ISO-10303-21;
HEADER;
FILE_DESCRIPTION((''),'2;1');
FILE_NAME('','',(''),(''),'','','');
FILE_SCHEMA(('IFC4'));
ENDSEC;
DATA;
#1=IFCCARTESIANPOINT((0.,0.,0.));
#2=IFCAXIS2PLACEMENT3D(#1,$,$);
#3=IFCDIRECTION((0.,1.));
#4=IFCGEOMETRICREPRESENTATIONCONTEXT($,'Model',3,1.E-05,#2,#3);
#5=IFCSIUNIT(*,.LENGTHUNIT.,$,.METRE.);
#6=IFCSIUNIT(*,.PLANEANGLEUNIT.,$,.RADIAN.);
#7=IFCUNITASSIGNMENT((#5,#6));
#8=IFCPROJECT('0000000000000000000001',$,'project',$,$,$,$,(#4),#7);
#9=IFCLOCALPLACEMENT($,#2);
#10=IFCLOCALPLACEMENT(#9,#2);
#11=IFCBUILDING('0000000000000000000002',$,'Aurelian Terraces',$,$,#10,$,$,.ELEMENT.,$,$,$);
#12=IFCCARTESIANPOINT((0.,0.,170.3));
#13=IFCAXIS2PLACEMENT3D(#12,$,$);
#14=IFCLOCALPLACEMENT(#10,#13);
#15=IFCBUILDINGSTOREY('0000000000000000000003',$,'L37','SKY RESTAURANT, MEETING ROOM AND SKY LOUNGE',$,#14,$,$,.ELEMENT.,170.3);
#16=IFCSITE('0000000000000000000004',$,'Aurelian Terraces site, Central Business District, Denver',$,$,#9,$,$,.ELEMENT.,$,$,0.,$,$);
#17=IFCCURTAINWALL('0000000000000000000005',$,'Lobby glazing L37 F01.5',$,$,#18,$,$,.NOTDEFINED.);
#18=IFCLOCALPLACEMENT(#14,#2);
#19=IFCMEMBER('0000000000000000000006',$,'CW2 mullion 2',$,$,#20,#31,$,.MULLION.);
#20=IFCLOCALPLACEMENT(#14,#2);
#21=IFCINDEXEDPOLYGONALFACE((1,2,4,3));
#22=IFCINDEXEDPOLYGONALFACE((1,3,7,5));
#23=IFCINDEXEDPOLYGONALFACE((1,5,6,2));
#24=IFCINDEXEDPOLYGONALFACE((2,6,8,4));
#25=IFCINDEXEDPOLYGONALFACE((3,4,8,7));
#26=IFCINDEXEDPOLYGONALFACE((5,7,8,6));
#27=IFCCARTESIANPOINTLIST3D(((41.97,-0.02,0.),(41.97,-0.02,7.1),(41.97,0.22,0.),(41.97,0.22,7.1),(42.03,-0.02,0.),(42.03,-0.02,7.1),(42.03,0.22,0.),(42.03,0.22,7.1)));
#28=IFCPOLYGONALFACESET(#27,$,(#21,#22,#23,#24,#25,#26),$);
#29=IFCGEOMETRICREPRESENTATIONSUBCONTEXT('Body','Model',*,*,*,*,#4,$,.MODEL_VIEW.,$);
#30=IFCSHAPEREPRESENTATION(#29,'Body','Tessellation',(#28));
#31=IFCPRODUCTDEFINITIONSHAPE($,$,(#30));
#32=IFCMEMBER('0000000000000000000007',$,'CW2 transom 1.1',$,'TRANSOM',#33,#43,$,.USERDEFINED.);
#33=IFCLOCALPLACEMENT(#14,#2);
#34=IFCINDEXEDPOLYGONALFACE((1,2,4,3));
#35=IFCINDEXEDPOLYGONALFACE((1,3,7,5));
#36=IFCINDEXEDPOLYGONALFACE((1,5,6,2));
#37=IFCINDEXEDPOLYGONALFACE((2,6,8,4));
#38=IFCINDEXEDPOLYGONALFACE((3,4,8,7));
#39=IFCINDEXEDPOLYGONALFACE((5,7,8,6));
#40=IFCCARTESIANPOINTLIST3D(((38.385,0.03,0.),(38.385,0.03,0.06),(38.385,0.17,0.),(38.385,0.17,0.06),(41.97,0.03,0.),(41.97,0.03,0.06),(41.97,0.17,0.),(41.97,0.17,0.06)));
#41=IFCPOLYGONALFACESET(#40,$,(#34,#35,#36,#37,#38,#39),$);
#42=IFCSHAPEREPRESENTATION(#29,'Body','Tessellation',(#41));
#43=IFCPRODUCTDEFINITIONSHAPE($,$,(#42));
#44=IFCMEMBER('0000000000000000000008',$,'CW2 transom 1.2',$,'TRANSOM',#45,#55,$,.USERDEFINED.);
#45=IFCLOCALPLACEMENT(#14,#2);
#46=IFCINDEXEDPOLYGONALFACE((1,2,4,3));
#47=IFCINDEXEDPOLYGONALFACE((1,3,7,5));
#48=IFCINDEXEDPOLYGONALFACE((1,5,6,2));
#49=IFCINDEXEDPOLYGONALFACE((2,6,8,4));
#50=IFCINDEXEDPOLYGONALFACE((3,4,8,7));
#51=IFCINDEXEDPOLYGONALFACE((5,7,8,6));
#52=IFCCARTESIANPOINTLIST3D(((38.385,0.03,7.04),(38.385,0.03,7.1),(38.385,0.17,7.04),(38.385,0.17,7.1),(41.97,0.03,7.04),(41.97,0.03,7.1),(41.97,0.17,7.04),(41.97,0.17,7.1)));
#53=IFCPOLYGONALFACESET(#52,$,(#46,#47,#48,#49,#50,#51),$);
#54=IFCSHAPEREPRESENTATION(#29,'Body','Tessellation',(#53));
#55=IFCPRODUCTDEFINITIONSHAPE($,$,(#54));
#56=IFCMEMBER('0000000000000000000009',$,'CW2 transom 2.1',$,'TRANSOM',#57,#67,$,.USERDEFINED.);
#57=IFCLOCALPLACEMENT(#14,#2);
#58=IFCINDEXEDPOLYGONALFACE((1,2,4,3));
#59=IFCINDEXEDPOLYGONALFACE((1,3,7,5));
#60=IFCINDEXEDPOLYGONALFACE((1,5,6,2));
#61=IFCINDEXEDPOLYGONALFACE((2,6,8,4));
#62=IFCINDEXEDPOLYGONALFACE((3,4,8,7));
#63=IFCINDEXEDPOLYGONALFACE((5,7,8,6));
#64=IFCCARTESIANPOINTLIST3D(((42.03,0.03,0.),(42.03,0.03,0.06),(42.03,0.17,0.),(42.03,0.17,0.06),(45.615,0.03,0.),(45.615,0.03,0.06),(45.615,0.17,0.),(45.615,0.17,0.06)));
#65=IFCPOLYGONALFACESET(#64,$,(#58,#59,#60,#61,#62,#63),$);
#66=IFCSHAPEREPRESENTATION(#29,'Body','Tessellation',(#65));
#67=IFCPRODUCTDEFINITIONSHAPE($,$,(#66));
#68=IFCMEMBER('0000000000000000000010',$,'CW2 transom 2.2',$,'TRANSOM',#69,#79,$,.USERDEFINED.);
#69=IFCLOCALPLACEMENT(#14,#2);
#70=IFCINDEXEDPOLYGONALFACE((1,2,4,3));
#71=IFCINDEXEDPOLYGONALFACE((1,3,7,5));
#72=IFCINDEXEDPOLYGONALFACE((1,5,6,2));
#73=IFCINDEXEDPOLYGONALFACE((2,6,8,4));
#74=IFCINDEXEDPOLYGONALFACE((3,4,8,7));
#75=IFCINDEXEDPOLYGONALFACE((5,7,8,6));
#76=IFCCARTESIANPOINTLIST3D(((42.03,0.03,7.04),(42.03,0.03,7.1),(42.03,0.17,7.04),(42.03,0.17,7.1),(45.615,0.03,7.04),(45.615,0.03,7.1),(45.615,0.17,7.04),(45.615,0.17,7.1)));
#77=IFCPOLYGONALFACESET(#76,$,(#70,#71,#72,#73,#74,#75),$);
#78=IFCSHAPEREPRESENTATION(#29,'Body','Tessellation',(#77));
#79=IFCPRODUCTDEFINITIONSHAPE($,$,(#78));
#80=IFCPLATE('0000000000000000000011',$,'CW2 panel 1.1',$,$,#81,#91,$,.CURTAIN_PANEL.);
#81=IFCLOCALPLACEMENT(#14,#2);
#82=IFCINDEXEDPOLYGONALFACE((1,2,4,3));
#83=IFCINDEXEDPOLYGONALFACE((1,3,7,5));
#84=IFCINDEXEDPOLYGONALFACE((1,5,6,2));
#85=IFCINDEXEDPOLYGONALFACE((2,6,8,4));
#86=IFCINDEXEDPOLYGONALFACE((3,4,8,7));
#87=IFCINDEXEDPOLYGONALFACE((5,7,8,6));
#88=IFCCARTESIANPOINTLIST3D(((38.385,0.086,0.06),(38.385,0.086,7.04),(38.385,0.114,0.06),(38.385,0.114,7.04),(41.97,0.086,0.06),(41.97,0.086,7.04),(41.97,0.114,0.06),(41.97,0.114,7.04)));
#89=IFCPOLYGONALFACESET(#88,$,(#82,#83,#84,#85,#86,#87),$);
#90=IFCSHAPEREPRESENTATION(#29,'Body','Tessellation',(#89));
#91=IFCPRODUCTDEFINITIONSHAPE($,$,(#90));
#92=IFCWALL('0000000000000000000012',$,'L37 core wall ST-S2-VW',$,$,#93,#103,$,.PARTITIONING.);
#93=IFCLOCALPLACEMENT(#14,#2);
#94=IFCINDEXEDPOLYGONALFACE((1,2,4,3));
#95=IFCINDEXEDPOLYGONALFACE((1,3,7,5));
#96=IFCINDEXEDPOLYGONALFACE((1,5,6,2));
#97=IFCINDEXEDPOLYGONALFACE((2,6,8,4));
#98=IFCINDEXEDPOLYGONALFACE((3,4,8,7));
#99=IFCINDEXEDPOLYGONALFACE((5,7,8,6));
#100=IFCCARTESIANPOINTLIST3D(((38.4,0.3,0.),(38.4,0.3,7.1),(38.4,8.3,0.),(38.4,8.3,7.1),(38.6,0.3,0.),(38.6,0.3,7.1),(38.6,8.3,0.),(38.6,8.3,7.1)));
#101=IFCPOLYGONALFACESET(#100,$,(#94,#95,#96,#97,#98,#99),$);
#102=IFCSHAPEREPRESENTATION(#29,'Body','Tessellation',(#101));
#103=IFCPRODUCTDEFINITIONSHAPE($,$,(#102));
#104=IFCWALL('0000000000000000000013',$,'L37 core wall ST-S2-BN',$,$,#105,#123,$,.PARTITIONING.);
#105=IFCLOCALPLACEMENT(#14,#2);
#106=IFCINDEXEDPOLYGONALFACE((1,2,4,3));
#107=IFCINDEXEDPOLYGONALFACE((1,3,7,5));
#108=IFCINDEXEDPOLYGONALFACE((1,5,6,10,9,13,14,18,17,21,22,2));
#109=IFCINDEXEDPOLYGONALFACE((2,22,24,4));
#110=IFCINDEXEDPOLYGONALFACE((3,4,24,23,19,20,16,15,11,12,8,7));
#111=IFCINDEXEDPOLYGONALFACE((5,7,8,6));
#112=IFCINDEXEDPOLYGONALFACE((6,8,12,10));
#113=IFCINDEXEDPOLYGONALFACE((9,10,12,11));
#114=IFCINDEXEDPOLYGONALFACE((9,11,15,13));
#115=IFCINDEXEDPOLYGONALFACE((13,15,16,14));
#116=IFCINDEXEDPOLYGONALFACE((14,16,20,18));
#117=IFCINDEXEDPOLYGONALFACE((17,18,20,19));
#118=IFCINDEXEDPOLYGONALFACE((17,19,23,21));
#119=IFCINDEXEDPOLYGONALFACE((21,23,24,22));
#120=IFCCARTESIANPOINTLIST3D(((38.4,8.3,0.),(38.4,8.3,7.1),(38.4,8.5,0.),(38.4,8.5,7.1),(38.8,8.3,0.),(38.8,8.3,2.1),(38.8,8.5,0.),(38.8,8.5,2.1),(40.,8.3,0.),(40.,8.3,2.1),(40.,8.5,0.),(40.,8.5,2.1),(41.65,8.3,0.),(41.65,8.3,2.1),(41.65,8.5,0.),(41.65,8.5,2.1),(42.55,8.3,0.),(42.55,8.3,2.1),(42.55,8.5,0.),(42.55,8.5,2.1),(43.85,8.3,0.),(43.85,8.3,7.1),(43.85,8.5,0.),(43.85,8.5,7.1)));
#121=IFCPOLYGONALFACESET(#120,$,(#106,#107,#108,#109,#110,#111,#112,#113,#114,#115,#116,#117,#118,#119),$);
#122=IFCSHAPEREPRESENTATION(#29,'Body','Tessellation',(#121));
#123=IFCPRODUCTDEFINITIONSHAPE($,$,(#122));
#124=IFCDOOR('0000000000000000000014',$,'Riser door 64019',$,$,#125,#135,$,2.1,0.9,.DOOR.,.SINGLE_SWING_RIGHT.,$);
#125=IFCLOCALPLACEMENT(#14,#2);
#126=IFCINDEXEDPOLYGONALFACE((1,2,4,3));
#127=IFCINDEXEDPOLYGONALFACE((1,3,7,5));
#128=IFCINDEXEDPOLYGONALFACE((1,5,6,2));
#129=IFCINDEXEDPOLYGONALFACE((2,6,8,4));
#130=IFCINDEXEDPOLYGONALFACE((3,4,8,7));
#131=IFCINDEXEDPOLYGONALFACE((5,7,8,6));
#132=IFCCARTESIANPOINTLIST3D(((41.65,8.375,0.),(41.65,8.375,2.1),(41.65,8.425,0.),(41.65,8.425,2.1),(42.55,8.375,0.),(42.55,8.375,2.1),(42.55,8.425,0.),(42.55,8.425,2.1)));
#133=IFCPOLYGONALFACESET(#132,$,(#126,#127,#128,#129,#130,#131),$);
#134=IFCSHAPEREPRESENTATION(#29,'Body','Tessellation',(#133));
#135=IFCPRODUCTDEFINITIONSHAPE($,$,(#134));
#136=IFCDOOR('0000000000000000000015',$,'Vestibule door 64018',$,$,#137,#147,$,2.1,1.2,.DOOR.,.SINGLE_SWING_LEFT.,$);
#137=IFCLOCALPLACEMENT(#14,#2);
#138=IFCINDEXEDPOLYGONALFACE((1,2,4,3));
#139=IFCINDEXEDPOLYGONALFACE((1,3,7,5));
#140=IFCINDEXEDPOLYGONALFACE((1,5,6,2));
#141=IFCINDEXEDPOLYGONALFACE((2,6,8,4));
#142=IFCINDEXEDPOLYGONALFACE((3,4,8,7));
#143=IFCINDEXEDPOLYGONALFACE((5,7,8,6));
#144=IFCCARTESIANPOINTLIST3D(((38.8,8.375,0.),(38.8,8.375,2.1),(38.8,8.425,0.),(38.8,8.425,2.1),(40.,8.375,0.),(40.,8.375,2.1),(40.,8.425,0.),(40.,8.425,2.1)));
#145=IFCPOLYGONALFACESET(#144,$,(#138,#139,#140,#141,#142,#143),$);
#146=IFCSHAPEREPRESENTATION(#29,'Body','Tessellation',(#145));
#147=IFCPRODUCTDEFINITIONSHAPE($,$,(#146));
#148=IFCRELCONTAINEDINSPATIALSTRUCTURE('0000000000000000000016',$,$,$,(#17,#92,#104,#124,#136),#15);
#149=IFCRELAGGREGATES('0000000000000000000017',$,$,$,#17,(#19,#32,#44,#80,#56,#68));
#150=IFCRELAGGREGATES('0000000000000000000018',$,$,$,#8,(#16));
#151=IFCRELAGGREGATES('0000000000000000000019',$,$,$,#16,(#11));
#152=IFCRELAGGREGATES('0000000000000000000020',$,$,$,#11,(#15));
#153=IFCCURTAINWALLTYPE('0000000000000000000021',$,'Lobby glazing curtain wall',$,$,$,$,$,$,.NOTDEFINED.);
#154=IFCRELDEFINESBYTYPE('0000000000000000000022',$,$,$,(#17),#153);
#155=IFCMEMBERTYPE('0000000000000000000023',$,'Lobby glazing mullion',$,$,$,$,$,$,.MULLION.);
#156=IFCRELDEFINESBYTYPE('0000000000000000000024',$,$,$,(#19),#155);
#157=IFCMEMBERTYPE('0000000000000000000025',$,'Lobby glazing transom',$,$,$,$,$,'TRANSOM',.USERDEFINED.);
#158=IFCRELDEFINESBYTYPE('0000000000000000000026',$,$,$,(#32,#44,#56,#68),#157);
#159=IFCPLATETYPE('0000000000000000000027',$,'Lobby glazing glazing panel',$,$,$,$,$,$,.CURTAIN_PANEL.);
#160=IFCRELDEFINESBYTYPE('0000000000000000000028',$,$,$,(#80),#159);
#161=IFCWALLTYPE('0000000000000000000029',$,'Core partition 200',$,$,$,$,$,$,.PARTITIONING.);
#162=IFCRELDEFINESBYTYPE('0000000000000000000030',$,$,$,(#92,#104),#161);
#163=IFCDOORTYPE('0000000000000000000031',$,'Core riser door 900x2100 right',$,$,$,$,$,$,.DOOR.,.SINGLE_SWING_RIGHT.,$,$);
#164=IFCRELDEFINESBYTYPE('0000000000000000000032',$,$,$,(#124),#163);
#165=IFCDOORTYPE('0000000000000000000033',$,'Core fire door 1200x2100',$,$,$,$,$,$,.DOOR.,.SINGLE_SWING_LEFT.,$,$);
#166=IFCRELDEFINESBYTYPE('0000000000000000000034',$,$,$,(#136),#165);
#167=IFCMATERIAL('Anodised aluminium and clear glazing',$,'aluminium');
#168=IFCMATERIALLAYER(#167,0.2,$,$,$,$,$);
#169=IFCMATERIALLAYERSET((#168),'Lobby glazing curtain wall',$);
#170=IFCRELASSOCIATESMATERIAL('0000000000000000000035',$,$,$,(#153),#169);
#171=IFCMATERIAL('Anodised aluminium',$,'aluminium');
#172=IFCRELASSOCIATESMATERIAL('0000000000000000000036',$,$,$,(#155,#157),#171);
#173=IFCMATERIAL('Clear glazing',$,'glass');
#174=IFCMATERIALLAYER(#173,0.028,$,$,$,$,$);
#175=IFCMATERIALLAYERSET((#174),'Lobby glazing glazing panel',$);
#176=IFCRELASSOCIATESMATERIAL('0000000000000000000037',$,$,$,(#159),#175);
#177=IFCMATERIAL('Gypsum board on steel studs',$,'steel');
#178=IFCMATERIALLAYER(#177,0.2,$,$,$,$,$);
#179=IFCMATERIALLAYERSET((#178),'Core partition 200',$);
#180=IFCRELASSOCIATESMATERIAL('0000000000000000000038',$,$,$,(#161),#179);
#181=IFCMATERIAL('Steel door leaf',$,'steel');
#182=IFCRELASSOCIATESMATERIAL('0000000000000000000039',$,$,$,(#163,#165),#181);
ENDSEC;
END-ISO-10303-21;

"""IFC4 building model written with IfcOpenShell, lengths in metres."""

from ifc_helpers import new_model, si_unit, direction, frame, frame_2d, origin, origin_2d, place, context, subcontext, project, spatial, rectangle, extrude, source, transform, mapped, material, layer, layer_set, material_profile, profile_set, type_object, element, fill, aggregate, save


model = new_model("IFC4")

# Units and contexts
model_context = context("Model", 3, precision=1e-05, world=origin(), true_north=direction((0.0, 1.0)))
body_context = subcontext(model_context, "Body", "Model", "MODEL_VIEW")
ifc_project = project(units=[si_unit("LENGTHUNIT", "METRE"), si_unit("PLANEANGLEUNIT", "RADIAN")], contexts=[model_context])

# Site, building, storey
site_placement = place(None, origin())
site = spatial("IfcSite", under=ifc_project, at=site_placement, Name="Aurelian Terraces site, Central Business District, Denver", CompositionType="ELEMENT", RefElevation=0.0)
building_placement = place(site_placement, origin())
building = spatial("IfcBuilding", under=site, at=building_placement, Name="Aurelian Terraces", CompositionType="ELEMENT")
storey_placement = place(building_placement, frame((0.0, 0.0, 170.3)))
storey = spatial("IfcBuildingStorey", under=building, at=storey_placement, Name="L37", Description="SKY RESTAURANT, MEETING ROOM AND SKY LOUNGE", CompositionType="ELEMENT", Elevation=170.3)

# Curtain wall, members, plate
ifc_material_1 = material(Name="Anodised aluminium and clear glazing", Category="aluminium")
ifc_layer_1 = layer(ifc_material_1, 0.2)
ifc_layer_set_1 = layer_set([ifc_layer_1], Name="Lobby glazing curtain wall")
curtain_wall_type = type_object("IfcCurtainWallType", Name="Lobby glazing curtain wall", PredefinedType="NOTDEFINED", material=ifc_layer_set_1)
curtain_wall_placement = place(storey_placement, origin())
curtain_wall = element("IfcCurtainWall", 1, at=curtain_wall_placement, inside=storey, type_object=curtain_wall_type, Name="Lobby glazing L37 F01.5", PredefinedType="NOTDEFINED")
ifc_material_2 = material(Name="Anodised aluminium", Category="aluminium")
ifc_material_profile_1 = material_profile(ifc_material_2, rectangle(XDim=0.24, YDim=0.06, at=origin_2d()))
ifc_profile_set_1 = profile_set([ifc_material_profile_1], Name="Anodised aluminium")
member_type_1 = type_object("IfcMemberType", Name="Lobby glazing mullion", PredefinedType="MULLION", material=ifc_profile_set_1)
shared_shape_1 = source(origin(), body_context, "Body", "SweptSolid", [
    extrude(rectangle(XDim=0.24, YDim=0.06, at=origin_2d()), origin(), (0.0, 0.0, 1.0), 7.1),
])
member_1_placement = place(storey_placement, frame((42.0, 0.1, 0.0), z_axis=(0.0, 0.0, 1.0), x_axis=(0.0, 1.0, 0.0)))
member_1 = element("IfcMember", 2, at=member_1_placement, type_object=member_type_1, Name="CW2 mullion 2", PredefinedType="MULLION", context=body_context, shape_type="MappedRepresentation", body=[
    mapped(shared_shape_1, transform((0.0, 0.0, 0.0), scale=1.0)),
])
ifc_material_profile_2 = material_profile(ifc_material_2, rectangle(XDim=0.14, YDim=0.06, at=origin_2d()))
ifc_profile_set_2 = profile_set([ifc_material_profile_2], Name="Anodised aluminium")
member_type_2 = type_object("IfcMemberType", Name="Lobby glazing transom", ElementType="TRANSOM", PredefinedType="USERDEFINED", material=ifc_profile_set_2)
shared_shape_2 = source(origin(), body_context, "Body", "SweptSolid", [
    extrude(rectangle(XDim=0.14, YDim=0.06, at=origin_2d()), origin(), (0.0, 0.0, 1.0), 3.585),
])
member_2_placement = place(storey_placement, frame((38.385, 0.1, 0.03), z_axis=(1.0, 0.0, 0.0), x_axis=(0.0, 1.0, 0.0)))
member_2 = element("IfcMember", 3, at=member_2_placement, type_object=member_type_2, Name="CW2 transom 1.1", ObjectType="TRANSOM", PredefinedType="USERDEFINED", context=body_context, shape_type="MappedRepresentation", body=[
    mapped(shared_shape_2, transform((0.0, 0.0, 0.0), scale=1.0)),
])
member_3_placement = place(storey_placement, frame((38.385, 0.1, 7.07), z_axis=(1.0, 0.0, 0.0), x_axis=(0.0, 1.0, 0.0)))
member_3 = element("IfcMember", 4, at=member_3_placement, type_object=member_type_2, Name="CW2 transom 1.2", ObjectType="TRANSOM", PredefinedType="USERDEFINED", context=body_context, shape_type="MappedRepresentation", body=[
    mapped(shared_shape_2, transform((0.0, 0.0, 0.0), scale=1.0)),
])
member_4_placement = place(storey_placement, frame((42.03, 0.1, 0.03), z_axis=(1.0, 0.0, 0.0), x_axis=(0.0, 1.0, 0.0)))
member_4 = element("IfcMember", 5, at=member_4_placement, type_object=member_type_2, Name="CW2 transom 2.1", ObjectType="TRANSOM", PredefinedType="USERDEFINED", context=body_context, shape_type="MappedRepresentation", body=[
    mapped(shared_shape_2, transform((0.0, 0.0, 0.0), scale=1.0)),
])
member_5_placement = place(storey_placement, frame((42.03, 0.1, 7.07), z_axis=(1.0, 0.0, 0.0), x_axis=(0.0, 1.0, 0.0)))
member_5 = element("IfcMember", 6, at=member_5_placement, type_object=member_type_2, Name="CW2 transom 2.2", ObjectType="TRANSOM", PredefinedType="USERDEFINED", context=body_context, shape_type="MappedRepresentation", body=[
    mapped(shared_shape_2, transform((0.0, 0.0, 0.0), scale=1.0)),
])
ifc_material_3 = material(Name="Clear glazing", Category="glass")
ifc_layer_2 = layer(ifc_material_3, 0.028)
ifc_layer_set_2 = layer_set([ifc_layer_2], Name="Lobby glazing glazing panel")
plate_type = type_object("IfcPlateType", Name="Lobby glazing glazing panel", PredefinedType="CURTAIN_PANEL", material=ifc_layer_set_2)
shared_shape_3 = source(origin(), body_context, "Body", "SweptSolid", [
    extrude(rectangle(XDim=3.585, YDim=0.028, at=origin_2d()), origin(), (0.0, 0.0, 1.0), 6.98),
])
plate_placement = place(storey_placement, frame((40.1775, 0.1, 0.06), z_axis=(0.0, 0.0, 1.0), x_axis=(1.0, 0.0, 0.0)))
plate = element("IfcPlate", 7, at=plate_placement, type_object=plate_type, Name="CW2 panel 1.1", PredefinedType="CURTAIN_PANEL", context=body_context, shape_type="MappedRepresentation", body=[
    mapped(shared_shape_3, transform((0.0, 0.0, 0.0), scale=1.0)),
])
aggregate(curtain_wall, [member_1, member_2, member_3, plate, member_4, member_5])

# Wall
ifc_material_4 = material(Name="Gypsum board on steel studs", Category="steel")
ifc_layer_3 = layer(ifc_material_4, 0.2)
ifc_layer_set_3 = layer_set([ifc_layer_3], Name="Core partition 200")
wall_type_1 = type_object("IfcWallType", Name="Core partition 200", PredefinedType="PARTITIONING", material=ifc_layer_set_3)
wall_1_placement = place(storey_placement, frame((38.5, 0.3, 0.0), z_axis=(0.0, 0.0, 1.0), x_axis=(0.0, 1.0, 0.0)))
element("IfcWall", 8, at=wall_1_placement, inside=storey, type_object=wall_type_1, Name="L37 core wall ST-S2-VW", PredefinedType="PARTITIONING", context=body_context, shape_type="SweptSolid", body=[
    extrude(rectangle(XDim=8.0, YDim=0.2, at=frame_2d((4.0, 0.0))), origin(), (0.0, 0.0, 1.0), 7.1),
])

# Wall, openings, doors
wall_2_placement = place(storey_placement, frame((38.4, 8.4, 0.0), z_axis=(0.0, 0.0, 1.0), x_axis=(1.0, 0.0, 0.0)))
wall_2 = element("IfcWall", 9, at=wall_2_placement, inside=storey, type_object=wall_type_1, Name="L37 core wall ST-S2-BN", PredefinedType="PARTITIONING", context=body_context, shape_type="SweptSolid", body=[
    extrude(rectangle(XDim=5.45, YDim=0.2, at=frame_2d((2.725, 0.0))), origin(), (0.0, 0.0, 1.0), 7.1),
])
shared_shape_4 = source(origin(), body_context, "Body", "SweptSolid", [
    extrude(rectangle(XDim=1.2, YDim=2.1, at=frame_2d((0.6, 1.05))), frame((0.0, 0.11, 0.0), z_axis=(0.0, -1.0, 0.0), x_axis=(1.0, 0.0, 0.0)), (0.0, 0.0, 1.0), 0.22),
])
opening_1_placement = place(wall_2_placement, frame((0.4, 0.0, 0.0)))
opening_1 = element("IfcOpeningElement", 10, at=opening_1_placement, cuts=wall_2, PredefinedType="OPENING", context=body_context, shape_type="MappedRepresentation", body=[
    mapped(shared_shape_4, transform((0.0, 0.0, 0.0), scale=1.0)),
])
shared_shape_5 = source(origin(), body_context, "Body", "SweptSolid", [
    extrude(rectangle(XDim=0.9, YDim=2.1, at=frame_2d((0.45, 1.05))), frame((0.0, 0.11, 0.0), z_axis=(0.0, -1.0, 0.0), x_axis=(1.0, 0.0, 0.0)), (0.0, 0.0, 1.0), 0.22),
])
opening_2_placement = place(wall_2_placement, frame((3.25, 0.0, 0.0)))
opening_2 = element("IfcOpeningElement", 11, at=opening_2_placement, cuts=wall_2, PredefinedType="OPENING", context=body_context, shape_type="MappedRepresentation", body=[
    mapped(shared_shape_5, transform((0.0, 0.0, 0.0), scale=1.0)),
])
ifc_material_5 = material(Name="Steel door leaf", Category="steel")
door_type_1 = type_object("IfcDoorType", Name="Core riser door 900x2100 right", OperationType="SINGLE_SWING_RIGHT", PredefinedType="DOOR", material=ifc_material_5)
shared_shape_6 = source(origin(), body_context, "Body", "SweptSolid", [
    extrude(rectangle(XDim=0.9, YDim=2.1, at=frame_2d((0.45, 1.05))), frame((0.0, 0.025, 0.0), z_axis=(0.0, -1.0, 0.0), x_axis=(1.0, 0.0, 0.0)), (0.0, 0.0, 1.0), 0.05),
])
door_1_placement = place(opening_2_placement, origin())
door_1 = element("IfcDoor", 12, at=door_1_placement, inside=storey, type_object=door_type_1, Name="Riser door 64019", OperationType="SINGLE_SWING_RIGHT", OverallHeight=2.1, OverallWidth=0.9, PredefinedType="DOOR", context=body_context, shape_type="MappedRepresentation", body=[
    mapped(shared_shape_6, transform((0.0, 0.0, 0.0), scale=1.0)),
])
fill(opening_2, door_1)
door_type_2 = type_object("IfcDoorType", Name="Core fire door 1200x2100", OperationType="SINGLE_SWING_LEFT", PredefinedType="DOOR", material=ifc_material_5)
shared_shape_7 = source(origin(), body_context, "Body", "SweptSolid", [
    extrude(rectangle(XDim=1.2, YDim=2.1, at=frame_2d((0.6, 1.05))), frame((0.0, 0.025, 0.0), z_axis=(0.0, -1.0, 0.0), x_axis=(1.0, 0.0, 0.0)), (0.0, 0.0, 1.0), 0.05),
])
door_2_placement = place(opening_1_placement, origin())
door_2 = element("IfcDoor", 13, at=door_2_placement, inside=storey, type_object=door_type_2, Name="Vestibule door 64018", OperationType="SINGLE_SWING_LEFT", OverallHeight=2.1, OverallWidth=1.2, PredefinedType="DOOR", context=body_context, shape_type="MappedRepresentation", body=[
    mapped(shared_shape_7, transform((0.0, 0.0, 0.0), scale=1.0)),
])
fill(opening_1, door_2)

save(model, "model.ifc")
